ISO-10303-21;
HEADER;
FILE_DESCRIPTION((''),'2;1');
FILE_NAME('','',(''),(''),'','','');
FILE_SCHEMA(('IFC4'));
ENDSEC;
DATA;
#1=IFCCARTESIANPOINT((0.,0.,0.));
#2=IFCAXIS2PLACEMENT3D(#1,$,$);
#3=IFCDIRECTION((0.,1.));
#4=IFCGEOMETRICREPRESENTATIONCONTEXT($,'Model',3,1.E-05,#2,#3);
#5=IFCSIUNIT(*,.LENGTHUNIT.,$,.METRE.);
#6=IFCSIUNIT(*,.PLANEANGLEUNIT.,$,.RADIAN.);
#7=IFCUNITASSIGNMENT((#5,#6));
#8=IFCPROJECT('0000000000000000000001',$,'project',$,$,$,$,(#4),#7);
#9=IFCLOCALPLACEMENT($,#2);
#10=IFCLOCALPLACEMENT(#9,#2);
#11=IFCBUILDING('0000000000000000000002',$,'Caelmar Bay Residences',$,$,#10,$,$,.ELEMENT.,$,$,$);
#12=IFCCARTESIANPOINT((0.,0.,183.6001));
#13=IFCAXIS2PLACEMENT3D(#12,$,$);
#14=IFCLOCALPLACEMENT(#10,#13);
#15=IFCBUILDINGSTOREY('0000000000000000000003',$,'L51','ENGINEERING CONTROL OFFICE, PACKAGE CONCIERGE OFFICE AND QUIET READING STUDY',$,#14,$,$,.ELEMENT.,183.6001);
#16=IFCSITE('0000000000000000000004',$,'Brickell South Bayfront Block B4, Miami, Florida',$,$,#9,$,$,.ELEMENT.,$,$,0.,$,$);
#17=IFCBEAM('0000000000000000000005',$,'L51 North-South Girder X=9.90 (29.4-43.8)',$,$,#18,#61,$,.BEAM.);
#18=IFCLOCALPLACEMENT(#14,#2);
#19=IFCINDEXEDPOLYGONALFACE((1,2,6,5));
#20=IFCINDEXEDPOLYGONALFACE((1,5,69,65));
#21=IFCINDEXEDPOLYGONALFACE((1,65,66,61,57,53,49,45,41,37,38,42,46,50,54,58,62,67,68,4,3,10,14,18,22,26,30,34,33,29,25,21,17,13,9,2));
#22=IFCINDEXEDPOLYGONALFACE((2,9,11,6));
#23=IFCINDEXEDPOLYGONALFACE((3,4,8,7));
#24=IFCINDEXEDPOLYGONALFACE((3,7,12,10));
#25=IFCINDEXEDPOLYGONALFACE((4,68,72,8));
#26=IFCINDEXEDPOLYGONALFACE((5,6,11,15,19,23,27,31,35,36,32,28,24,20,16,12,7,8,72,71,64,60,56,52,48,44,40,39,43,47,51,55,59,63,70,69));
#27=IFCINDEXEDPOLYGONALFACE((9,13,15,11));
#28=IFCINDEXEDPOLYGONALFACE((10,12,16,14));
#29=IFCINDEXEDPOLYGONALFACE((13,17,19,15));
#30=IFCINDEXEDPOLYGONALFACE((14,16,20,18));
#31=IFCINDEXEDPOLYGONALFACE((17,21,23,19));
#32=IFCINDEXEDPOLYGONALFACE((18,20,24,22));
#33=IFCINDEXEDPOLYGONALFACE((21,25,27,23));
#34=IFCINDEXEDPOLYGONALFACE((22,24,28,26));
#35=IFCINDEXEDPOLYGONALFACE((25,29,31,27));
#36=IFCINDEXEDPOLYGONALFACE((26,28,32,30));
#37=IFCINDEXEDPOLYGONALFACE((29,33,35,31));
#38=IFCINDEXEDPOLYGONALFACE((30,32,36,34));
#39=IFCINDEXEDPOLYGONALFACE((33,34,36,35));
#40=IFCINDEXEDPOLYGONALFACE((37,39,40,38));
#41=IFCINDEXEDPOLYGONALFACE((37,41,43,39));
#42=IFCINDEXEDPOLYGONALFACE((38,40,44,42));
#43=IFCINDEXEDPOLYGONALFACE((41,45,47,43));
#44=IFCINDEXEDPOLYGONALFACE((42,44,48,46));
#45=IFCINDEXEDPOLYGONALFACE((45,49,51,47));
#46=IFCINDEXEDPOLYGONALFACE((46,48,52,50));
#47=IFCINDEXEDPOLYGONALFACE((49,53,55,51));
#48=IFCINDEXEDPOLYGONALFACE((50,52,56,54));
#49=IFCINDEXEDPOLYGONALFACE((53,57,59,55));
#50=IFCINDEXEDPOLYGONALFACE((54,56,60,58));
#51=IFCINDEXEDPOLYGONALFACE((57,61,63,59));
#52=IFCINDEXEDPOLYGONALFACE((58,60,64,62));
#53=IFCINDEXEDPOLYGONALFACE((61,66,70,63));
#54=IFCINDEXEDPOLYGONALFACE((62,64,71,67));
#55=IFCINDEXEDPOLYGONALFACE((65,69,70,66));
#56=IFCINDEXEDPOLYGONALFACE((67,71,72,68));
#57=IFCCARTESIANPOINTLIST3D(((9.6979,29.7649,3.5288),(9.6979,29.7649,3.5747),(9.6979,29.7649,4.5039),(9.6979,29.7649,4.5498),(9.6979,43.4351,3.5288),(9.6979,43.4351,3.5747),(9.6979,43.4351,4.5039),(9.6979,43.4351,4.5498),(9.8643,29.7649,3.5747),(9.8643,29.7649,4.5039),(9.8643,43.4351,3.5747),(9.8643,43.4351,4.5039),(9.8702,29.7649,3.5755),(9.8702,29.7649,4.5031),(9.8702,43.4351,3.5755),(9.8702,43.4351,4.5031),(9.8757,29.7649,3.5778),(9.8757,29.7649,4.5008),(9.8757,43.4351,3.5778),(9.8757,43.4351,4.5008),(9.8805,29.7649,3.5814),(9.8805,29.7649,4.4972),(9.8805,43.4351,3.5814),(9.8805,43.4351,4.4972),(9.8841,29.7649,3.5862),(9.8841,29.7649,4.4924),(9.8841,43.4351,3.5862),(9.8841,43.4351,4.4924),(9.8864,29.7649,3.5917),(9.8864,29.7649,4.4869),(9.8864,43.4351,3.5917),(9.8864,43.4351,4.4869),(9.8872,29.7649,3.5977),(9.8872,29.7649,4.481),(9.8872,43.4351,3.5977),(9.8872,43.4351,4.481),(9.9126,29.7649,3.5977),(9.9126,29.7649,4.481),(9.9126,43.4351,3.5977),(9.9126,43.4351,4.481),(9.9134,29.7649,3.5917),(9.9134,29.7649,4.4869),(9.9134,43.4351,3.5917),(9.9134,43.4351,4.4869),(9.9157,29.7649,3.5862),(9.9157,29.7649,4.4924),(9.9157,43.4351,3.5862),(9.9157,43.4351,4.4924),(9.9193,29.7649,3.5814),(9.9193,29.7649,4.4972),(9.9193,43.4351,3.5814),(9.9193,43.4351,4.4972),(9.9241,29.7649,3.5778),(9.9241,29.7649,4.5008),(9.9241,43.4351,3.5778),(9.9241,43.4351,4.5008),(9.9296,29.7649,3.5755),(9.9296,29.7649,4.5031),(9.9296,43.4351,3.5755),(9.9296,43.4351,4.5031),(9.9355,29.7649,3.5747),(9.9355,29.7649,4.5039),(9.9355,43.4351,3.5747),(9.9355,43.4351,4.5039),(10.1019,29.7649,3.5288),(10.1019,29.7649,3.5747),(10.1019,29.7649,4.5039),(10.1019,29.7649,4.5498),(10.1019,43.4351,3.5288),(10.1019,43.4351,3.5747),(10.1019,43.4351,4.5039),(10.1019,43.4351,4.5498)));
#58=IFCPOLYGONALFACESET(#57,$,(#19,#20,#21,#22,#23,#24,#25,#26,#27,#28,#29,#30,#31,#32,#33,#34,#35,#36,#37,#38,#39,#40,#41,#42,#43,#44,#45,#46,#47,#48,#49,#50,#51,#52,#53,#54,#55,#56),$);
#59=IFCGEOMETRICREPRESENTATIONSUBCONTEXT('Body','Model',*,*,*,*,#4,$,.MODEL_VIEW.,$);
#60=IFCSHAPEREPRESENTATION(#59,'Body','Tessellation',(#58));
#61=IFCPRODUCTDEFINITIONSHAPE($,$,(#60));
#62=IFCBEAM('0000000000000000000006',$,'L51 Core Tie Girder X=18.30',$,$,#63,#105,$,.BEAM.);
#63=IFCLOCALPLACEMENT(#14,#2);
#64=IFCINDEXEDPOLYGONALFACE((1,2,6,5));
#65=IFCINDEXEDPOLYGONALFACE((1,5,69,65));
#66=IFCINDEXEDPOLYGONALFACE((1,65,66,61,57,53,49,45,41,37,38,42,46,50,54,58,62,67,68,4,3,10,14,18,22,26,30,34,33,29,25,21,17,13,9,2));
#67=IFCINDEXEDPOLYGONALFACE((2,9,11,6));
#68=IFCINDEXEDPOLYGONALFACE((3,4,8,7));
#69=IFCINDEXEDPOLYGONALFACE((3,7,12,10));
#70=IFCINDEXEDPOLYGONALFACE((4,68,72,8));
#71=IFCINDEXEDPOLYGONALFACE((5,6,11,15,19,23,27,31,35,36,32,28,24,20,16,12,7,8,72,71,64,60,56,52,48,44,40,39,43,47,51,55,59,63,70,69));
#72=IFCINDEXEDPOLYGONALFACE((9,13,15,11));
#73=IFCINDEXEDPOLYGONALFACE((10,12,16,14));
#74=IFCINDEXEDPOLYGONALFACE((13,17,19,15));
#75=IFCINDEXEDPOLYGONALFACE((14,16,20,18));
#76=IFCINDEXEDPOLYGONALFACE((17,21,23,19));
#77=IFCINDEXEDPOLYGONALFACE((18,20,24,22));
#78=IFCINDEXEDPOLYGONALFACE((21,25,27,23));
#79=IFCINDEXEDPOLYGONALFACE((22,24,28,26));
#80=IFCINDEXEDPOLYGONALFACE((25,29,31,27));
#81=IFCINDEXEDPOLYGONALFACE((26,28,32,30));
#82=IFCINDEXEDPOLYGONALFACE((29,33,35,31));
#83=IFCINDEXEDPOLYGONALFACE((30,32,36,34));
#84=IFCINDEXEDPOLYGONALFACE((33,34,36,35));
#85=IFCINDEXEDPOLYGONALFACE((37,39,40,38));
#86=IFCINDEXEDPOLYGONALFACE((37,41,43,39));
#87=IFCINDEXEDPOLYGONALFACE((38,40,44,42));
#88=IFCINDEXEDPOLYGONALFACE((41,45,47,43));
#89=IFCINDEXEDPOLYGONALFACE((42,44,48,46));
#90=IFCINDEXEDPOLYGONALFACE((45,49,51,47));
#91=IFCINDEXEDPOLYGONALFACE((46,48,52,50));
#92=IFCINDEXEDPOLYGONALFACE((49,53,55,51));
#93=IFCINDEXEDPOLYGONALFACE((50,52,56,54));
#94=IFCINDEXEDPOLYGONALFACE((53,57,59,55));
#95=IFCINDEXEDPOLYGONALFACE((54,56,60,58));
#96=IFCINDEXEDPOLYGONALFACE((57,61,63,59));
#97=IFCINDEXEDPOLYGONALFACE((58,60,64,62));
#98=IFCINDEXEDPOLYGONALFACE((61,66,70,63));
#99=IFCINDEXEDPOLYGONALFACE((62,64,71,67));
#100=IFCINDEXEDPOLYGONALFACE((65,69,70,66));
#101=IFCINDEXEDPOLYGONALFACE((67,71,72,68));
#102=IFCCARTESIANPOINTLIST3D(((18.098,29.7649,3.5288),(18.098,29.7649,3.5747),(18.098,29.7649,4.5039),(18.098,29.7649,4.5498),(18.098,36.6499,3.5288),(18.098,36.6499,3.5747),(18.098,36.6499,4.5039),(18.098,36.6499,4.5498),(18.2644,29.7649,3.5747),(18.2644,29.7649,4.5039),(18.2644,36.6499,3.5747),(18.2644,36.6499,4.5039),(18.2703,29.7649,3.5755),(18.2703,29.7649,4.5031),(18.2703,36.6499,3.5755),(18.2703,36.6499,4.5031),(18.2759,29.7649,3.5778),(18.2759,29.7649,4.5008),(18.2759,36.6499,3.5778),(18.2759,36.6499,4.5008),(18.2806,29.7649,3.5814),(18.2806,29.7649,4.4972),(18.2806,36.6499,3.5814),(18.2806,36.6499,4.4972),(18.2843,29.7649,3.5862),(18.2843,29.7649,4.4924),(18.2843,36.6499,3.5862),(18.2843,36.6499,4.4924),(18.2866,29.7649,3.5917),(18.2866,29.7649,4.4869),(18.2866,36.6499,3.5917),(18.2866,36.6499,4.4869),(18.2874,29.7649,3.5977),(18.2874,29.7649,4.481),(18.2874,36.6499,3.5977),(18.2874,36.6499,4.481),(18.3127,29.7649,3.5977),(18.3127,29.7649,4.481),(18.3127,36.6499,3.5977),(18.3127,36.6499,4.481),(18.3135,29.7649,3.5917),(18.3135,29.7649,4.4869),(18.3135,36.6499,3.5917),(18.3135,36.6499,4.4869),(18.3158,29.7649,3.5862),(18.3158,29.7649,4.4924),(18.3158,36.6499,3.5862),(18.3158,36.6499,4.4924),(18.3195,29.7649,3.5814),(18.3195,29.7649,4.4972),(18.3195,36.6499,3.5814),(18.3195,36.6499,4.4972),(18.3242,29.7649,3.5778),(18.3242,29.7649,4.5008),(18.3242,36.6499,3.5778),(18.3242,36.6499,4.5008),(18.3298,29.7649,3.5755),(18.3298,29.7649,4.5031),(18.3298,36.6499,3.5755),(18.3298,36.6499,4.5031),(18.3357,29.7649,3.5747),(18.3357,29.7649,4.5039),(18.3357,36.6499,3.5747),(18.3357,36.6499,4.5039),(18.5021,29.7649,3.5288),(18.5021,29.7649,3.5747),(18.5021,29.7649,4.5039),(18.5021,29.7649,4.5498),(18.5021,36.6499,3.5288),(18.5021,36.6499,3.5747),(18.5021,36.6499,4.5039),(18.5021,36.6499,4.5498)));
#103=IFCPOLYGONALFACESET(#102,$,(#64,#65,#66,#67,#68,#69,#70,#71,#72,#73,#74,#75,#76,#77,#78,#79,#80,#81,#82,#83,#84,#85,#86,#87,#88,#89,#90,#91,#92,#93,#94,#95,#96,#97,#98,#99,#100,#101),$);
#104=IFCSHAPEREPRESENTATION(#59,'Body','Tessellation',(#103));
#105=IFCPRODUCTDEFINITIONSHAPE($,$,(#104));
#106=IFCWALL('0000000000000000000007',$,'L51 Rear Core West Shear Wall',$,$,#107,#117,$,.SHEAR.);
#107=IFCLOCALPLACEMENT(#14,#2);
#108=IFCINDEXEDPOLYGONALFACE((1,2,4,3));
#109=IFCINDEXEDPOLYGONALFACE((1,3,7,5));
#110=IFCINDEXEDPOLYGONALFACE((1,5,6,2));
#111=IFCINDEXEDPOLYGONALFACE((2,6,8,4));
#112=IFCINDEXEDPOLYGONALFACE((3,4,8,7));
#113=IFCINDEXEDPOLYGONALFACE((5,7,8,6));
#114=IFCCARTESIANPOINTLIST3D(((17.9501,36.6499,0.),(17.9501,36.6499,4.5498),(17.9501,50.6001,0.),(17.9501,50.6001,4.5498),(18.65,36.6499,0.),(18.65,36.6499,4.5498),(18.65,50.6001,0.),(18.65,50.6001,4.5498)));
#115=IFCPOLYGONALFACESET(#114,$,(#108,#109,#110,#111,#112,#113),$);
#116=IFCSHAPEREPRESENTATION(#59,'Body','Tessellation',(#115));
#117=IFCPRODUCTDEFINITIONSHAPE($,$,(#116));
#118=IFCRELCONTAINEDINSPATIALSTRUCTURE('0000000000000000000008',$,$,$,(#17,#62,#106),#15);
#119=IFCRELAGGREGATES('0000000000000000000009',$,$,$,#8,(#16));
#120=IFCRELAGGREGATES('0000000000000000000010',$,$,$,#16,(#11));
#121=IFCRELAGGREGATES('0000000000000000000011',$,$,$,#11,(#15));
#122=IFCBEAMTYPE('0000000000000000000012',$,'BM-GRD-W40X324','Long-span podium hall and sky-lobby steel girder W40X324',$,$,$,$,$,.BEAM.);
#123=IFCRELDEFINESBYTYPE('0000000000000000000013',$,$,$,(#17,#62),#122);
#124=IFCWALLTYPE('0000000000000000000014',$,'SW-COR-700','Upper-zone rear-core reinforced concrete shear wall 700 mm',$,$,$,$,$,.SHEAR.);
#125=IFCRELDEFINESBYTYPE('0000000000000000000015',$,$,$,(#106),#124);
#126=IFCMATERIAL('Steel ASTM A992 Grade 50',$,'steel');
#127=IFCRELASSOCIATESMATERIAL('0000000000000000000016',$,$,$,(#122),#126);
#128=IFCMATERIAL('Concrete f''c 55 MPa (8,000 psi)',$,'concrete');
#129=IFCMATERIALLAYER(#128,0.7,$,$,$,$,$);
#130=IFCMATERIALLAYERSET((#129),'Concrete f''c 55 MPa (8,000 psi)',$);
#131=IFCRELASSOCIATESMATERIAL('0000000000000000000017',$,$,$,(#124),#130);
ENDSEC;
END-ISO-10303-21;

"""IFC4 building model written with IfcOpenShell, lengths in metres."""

from ifc_helpers import new_model, si_unit, direction, frame, frame_2d, origin, origin_2d, place, context, subcontext, project, spatial, rectangle, i_section, extrude, material, layer, layer_set, material_profile, profile_set, type_object, element, save


model = new_model("IFC4")

# Units and contexts
model_context = context("Model", 3, precision=1e-05, world=origin(), true_north=direction((0.0, 1.0)))
body_context = subcontext(model_context, "Body", "Model", "MODEL_VIEW")
ifc_project = project(units=[si_unit("LENGTHUNIT", "METRE"), si_unit("PLANEANGLEUNIT", "RADIAN")], contexts=[model_context])

# Site, building, storey
site_placement = place(None, origin())
site = spatial("IfcSite", under=ifc_project, at=site_placement, Name="Brickell South Bayfront Block B4, Miami, Florida", CompositionType="ELEMENT", RefElevation=0.0)
building_placement = place(site_placement, origin())
building = spatial("IfcBuilding", under=site, at=building_placement, Name="Caelmar Bay Residences", CompositionType="ELEMENT")
storey_placement = place(building_placement, frame((0.0, 0.0, 183.6001)))
storey = spatial("IfcBuildingStorey", under=building, at=storey_placement, Name="L51", Description="ENGINEERING CONTROL OFFICE, PACKAGE CONCIERGE OFFICE AND QUIET READING STUDY", CompositionType="ELEMENT", Elevation=183.6001)

# Beams
ifc_material_1 = material(Name="Steel ASTM A992 Grade 50", Category="steel")
ifc_material_profile = material_profile(ifc_material_1, i_section(OverallWidth=0.4041, OverallDepth=1.021, WebThickness=0.0254, FlangeThickness=0.0459, FilletRadius=0.0229, at=origin_2d()), Name="W40X324")
ifc_profile_set = profile_set([ifc_material_profile], Name="Steel ASTM A992 Grade 50")
beam_type = type_object("IfcBeamType", Name="BM-GRD-W40X324", Description="Long-span podium hall and sky-lobby steel girder W40X324", PredefinedType="BEAM", material=ifc_profile_set)
beam_1_placement = place(storey_placement, frame((9.8999, 29.7649, 4.0393), z_axis=(0.0, 1.0, 0.0), x_axis=(-1.0, 0.0, 0.0)))
element("IfcBeam", 1, at=beam_1_placement, inside=storey, type_object=beam_type, Name="L51 North-South Girder X=9.90 (29.4-43.8)", PredefinedType="BEAM", context=body_context, shape_type="SweptSolid", body=[
    extrude(i_section(OverallWidth=0.4041, OverallDepth=1.021, WebThickness=0.0254, FlangeThickness=0.0459, FilletRadius=0.0229, at=origin_2d()), origin(), (0.0, 0.0, 1.0), 13.6702),
])
beam_2_placement = place(storey_placement, frame((18.3, 29.7649, 4.0393), z_axis=(0.0, 1.0, 0.0), x_axis=(-1.0, 0.0, 0.0)))
element("IfcBeam", 2, at=beam_2_placement, inside=storey, type_object=beam_type, Name="L51 Core Tie Girder X=18.30", PredefinedType="BEAM", context=body_context, shape_type="SweptSolid", body=[
    extrude(i_section(OverallWidth=0.4041, OverallDepth=1.021, WebThickness=0.0254, FlangeThickness=0.0459, FilletRadius=0.0229, at=origin_2d()), origin(), (0.0, 0.0, 1.0), 6.885),
])

# Shared definitions
ifc_material_2 = material(Name="Concrete f'c 55 MPa (8,000 psi)", Category="concrete")
ifc_layer_1 = layer(ifc_material_2, 0.7)
ifc_layer_set_1 = layer_set([ifc_layer_1], Name="Concrete f'c 55 MPa (8,000 psi)")
wall_type_1 = type_object("IfcWallType", Name="SW-COR-700", Description="Upper-zone rear-core reinforced concrete shear wall 700 mm", PredefinedType="SHEAR", material=ifc_layer_set_1)

# Wall
wall_1_placement = place(storey_placement, frame((18.3, 36.6499, 0.0), z_axis=(0.0, 0.0, 1.0), x_axis=(0.0, 1.0, 0.0)))
element("IfcWall", 3, at=wall_1_placement, inside=storey, type_object=wall_type_1, Name="L51 Rear Core West Shear Wall", PredefinedType="SHEAR", context=body_context, shape_type="SweptSolid", body=[
    extrude(rectangle(XDim=13.9502, YDim=0.7, at=frame_2d((6.9751, 0.0))), origin(), (0.0, 0.0, 1.0), 4.5498),
])

save(model, "model.ifc")
